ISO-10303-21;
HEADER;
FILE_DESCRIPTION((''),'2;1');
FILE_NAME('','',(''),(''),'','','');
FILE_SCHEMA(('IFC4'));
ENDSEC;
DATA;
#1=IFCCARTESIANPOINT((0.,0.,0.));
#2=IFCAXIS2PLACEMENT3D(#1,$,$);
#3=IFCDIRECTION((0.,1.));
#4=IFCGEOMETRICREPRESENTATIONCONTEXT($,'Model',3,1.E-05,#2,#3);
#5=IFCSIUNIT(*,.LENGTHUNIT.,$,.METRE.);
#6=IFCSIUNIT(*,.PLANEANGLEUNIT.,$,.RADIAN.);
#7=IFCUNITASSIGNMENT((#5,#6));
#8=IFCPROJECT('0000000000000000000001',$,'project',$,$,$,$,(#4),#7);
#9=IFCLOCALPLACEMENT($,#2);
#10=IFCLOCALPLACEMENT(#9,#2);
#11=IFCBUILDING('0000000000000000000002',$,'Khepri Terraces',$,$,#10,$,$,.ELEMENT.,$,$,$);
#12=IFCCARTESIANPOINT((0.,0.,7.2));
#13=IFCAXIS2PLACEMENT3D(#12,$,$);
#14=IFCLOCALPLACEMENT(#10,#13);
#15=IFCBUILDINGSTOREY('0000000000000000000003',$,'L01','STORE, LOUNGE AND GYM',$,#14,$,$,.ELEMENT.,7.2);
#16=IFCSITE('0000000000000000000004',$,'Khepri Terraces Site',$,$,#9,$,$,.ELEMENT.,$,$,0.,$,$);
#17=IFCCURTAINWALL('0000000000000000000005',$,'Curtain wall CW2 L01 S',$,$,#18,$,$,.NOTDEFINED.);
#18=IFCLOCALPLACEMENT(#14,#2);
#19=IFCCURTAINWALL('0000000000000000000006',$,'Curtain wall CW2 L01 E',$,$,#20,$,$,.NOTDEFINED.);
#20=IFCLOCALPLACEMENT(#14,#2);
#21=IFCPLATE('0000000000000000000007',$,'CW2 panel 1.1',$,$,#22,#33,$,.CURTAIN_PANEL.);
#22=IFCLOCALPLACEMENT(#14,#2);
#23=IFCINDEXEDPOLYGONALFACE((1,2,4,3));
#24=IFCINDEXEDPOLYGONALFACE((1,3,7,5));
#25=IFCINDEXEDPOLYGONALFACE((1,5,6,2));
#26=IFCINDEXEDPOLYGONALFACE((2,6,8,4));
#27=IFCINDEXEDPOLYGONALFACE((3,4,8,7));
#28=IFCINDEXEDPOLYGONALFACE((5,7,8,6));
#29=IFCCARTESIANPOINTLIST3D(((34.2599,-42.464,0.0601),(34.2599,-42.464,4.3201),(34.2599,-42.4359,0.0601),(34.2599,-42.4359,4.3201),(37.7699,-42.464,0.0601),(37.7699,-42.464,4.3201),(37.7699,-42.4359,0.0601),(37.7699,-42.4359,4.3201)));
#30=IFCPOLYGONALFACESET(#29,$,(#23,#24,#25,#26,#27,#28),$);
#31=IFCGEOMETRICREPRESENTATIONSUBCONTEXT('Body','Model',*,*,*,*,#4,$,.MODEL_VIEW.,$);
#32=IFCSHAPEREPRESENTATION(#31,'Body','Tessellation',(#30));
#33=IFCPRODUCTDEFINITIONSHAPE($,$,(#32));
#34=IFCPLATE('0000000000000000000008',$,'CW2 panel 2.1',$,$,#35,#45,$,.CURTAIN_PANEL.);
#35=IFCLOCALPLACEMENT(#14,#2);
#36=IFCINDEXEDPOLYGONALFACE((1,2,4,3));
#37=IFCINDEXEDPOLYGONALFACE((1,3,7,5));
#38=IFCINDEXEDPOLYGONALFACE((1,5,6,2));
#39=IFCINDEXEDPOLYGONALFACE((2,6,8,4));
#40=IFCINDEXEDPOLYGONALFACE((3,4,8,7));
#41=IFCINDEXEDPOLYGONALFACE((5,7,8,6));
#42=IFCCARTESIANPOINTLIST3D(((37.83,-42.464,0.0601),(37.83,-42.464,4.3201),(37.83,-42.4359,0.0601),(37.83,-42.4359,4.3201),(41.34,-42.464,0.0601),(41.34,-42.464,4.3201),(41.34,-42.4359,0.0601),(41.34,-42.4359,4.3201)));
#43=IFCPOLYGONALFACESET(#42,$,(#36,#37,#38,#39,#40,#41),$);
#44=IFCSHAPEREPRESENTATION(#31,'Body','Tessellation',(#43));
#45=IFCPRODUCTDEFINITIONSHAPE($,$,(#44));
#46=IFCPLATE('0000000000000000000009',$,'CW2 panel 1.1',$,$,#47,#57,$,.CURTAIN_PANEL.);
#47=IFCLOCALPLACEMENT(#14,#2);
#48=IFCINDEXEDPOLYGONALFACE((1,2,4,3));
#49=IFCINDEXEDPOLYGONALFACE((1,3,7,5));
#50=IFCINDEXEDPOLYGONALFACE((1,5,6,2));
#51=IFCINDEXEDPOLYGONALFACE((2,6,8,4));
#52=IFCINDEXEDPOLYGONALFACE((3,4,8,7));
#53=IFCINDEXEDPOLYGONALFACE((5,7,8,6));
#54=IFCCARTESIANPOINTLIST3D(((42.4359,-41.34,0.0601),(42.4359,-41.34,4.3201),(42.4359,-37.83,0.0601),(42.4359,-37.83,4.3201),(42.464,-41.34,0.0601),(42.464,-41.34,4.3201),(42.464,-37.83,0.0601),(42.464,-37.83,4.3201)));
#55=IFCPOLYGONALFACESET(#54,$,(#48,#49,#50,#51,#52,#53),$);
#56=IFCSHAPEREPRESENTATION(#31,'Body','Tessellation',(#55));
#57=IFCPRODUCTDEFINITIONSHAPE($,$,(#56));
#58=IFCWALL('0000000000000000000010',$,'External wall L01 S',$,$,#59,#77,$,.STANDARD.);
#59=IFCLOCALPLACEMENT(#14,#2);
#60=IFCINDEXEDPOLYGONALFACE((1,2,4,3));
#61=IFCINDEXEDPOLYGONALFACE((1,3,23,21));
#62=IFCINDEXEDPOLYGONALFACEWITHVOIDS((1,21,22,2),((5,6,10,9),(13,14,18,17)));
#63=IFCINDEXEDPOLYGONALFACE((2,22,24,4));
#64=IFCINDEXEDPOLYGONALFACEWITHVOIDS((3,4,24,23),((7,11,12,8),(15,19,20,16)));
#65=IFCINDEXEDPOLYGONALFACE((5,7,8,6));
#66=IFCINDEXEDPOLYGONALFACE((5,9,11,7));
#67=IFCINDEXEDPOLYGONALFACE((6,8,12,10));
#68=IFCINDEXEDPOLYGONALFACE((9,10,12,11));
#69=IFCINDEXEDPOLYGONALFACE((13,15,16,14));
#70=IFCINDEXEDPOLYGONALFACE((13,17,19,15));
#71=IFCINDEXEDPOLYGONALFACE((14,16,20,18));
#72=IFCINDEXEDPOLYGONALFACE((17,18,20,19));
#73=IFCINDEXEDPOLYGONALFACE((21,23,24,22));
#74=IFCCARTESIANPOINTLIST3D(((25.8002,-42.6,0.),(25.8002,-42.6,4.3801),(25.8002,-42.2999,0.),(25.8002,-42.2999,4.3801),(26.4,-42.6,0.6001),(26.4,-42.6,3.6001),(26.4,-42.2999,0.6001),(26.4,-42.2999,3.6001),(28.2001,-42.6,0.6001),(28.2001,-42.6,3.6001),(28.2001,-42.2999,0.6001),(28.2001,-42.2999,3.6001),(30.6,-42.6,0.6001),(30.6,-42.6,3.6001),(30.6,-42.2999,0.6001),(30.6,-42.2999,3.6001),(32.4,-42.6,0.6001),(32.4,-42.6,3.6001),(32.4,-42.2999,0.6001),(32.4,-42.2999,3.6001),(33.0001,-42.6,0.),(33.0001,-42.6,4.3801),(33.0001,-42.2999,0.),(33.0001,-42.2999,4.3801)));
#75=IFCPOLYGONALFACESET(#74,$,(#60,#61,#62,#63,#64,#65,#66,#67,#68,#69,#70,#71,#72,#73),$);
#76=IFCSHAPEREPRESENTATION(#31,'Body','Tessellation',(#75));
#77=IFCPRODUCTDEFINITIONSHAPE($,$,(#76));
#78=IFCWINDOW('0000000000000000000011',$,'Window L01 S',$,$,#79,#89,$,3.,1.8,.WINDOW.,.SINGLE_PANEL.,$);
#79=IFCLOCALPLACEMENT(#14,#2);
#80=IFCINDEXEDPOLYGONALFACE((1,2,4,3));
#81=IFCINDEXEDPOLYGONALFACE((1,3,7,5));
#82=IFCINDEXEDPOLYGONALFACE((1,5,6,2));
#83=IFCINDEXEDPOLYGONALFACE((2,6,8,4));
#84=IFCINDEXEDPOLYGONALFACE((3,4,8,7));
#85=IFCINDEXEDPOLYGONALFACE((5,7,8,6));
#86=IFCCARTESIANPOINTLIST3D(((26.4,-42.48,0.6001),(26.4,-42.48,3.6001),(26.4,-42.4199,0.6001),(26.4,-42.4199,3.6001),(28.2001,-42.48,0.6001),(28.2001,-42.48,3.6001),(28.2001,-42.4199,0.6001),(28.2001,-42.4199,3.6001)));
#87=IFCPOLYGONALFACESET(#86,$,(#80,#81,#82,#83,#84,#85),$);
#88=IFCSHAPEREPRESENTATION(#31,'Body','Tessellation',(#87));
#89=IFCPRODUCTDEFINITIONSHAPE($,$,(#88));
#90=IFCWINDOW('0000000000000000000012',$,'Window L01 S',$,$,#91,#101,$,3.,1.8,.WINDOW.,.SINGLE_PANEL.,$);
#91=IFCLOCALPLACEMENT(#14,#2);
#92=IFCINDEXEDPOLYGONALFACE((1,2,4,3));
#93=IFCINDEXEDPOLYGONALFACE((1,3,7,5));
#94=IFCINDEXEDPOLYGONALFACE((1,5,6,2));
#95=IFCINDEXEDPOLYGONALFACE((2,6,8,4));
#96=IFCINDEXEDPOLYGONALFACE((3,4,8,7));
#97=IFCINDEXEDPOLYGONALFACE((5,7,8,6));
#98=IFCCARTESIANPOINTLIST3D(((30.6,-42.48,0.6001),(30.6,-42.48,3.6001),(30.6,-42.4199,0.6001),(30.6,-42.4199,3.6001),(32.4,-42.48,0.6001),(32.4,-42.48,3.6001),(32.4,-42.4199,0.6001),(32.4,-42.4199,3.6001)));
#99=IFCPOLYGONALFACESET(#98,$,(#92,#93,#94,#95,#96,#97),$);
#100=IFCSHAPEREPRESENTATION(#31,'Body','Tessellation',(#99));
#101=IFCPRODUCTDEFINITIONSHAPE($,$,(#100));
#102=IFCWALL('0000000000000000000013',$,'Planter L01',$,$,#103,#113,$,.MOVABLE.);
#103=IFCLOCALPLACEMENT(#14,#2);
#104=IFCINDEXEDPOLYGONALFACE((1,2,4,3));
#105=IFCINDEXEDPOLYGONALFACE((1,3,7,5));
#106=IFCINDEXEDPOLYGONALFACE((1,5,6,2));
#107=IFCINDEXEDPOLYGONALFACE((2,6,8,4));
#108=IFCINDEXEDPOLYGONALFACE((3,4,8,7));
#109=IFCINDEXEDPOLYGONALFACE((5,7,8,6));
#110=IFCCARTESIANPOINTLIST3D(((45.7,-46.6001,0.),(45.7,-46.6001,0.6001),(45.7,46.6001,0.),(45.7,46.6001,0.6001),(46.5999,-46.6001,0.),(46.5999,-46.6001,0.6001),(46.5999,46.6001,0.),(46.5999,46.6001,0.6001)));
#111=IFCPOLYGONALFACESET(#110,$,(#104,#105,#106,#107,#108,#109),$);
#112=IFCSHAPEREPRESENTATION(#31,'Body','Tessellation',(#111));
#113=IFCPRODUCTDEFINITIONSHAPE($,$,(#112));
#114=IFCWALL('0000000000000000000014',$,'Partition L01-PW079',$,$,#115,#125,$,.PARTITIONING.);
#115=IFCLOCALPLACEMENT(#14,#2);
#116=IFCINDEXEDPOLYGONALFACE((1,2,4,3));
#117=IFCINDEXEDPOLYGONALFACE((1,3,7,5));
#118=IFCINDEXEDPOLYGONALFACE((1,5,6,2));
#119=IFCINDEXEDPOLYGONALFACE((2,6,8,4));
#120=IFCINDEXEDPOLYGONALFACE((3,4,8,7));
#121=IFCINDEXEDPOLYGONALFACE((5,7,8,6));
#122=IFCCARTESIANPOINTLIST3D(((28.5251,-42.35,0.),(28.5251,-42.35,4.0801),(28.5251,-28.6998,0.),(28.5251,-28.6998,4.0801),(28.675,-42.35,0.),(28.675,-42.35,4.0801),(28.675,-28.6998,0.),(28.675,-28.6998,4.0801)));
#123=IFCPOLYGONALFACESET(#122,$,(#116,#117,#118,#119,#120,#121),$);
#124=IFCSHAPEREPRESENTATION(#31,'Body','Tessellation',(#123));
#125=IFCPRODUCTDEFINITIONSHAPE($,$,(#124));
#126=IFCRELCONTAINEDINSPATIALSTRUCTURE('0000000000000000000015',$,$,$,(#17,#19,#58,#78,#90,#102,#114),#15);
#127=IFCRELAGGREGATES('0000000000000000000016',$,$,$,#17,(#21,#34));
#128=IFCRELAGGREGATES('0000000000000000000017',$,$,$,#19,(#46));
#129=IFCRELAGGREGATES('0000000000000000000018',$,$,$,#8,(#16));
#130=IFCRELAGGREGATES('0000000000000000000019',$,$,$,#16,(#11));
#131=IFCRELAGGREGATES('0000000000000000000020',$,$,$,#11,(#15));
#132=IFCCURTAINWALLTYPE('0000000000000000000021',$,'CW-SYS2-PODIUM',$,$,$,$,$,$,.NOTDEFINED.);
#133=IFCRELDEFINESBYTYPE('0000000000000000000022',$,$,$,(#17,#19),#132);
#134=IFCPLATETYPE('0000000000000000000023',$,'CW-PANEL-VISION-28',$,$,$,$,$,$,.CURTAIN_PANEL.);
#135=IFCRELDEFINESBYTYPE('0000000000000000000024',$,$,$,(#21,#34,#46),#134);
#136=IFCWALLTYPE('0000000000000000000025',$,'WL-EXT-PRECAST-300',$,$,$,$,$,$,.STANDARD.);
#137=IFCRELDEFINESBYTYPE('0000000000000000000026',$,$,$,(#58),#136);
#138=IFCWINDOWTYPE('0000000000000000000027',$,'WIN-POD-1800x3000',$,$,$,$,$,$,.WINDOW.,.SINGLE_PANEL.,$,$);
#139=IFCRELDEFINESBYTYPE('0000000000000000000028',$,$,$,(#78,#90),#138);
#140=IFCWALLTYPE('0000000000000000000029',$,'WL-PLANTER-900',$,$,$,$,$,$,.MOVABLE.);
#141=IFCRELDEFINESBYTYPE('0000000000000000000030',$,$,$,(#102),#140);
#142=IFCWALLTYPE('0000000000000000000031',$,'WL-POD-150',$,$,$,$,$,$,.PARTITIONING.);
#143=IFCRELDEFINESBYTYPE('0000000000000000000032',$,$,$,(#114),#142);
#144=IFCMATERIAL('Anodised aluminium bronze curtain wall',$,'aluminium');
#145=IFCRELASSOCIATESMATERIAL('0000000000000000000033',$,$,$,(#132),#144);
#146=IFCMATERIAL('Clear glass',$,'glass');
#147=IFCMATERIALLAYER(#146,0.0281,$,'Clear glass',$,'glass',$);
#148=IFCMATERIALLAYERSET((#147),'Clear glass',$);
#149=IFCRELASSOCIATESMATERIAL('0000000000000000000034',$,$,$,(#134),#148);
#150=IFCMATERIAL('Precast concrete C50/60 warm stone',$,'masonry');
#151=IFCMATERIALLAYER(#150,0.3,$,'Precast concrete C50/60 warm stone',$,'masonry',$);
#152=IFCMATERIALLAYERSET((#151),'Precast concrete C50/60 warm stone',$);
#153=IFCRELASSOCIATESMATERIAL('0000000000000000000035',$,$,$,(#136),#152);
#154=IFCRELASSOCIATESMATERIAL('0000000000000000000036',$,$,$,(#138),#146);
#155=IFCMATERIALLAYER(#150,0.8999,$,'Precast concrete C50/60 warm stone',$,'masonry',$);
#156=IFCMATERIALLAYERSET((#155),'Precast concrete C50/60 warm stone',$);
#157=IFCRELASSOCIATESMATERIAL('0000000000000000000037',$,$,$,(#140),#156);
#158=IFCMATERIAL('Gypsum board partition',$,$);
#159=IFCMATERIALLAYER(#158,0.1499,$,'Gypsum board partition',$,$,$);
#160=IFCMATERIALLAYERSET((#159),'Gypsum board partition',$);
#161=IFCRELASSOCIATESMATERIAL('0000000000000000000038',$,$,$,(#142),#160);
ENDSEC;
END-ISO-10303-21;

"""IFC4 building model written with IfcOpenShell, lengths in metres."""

from ifc_helpers import new_model, si_unit, direction, frame, frame_2d, origin, origin_2d, place, context, subcontext, project, spatial, rectangle, extrude, material, layer, layer_set, type_object, element, fill, aggregate, save


model = new_model("IFC4")

# Units and contexts
model_context = context("Model", 3, precision=1e-05, world=origin(), true_north=direction((0.0, 1.0)))
body_context = subcontext(model_context, "Body", "Model", "MODEL_VIEW")
ifc_project = project(units=[si_unit("LENGTHUNIT", "METRE"), si_unit("PLANEANGLEUNIT", "RADIAN")], contexts=[model_context])

# Site, building, storey
site_placement = place(None, origin())
site = spatial("IfcSite", under=ifc_project, at=site_placement, Name="Khepri Terraces Site", CompositionType="ELEMENT", RefElevation=0.0)
building_placement = place(site_placement, origin())
building = spatial("IfcBuilding", under=site, at=building_placement, Name="Khepri Terraces", CompositionType="ELEMENT")
storey_placement = place(building_placement, frame((0.0, 0.0, 7.2)))
storey = spatial("IfcBuildingStorey", under=building, at=storey_placement, Name="L01", Description="STORE, LOUNGE AND GYM", CompositionType="ELEMENT", Elevation=7.2)

# Curtain wall
ifc_material_1 = material(Name="Anodised aluminium bronze curtain wall", Category="aluminium")
curtain_wall_type = type_object("IfcCurtainWallType", Name="CW-SYS2-PODIUM", PredefinedType="NOTDEFINED", material=ifc_material_1)
curtain_wall_1_placement = place(storey_placement, origin())
curtain_wall_1 = element("IfcCurtainWall", 1, at=curtain_wall_1_placement, inside=storey, type_object=curtain_wall_type, Name="Curtain wall CW2 L01 S", PredefinedType="NOTDEFINED")

# Curtain wall
curtain_wall_2_placement = place(storey_placement, origin())
curtain_wall_2 = element("IfcCurtainWall", 2, at=curtain_wall_2_placement, inside=storey, type_object=curtain_wall_type, Name="Curtain wall CW2 L01 E", PredefinedType="NOTDEFINED")

# Plates
ifc_material_2 = material(Name="Clear glass", Category="glass")
ifc_layer_1 = layer(ifc_material_2, 0.0281, Name="Clear glass", Category="glass")
ifc_layer_set_1 = layer_set([ifc_layer_1], Name="Clear glass")
plate_type = type_object("IfcPlateType", Name="CW-PANEL-VISION-28", PredefinedType="CURTAIN_PANEL", material=ifc_layer_set_1)
plate_1_placement = place(storey_placement, frame((36.0149, -42.45, 0.0601), z_axis=(0.0, 0.0, 1.0), x_axis=(1.0, 0.0, 0.0)))
plate_1 = element("IfcPlate", 3, at=plate_1_placement, type_object=plate_type, Name="CW2 panel 1.1", PredefinedType="CURTAIN_PANEL", context=body_context, shape_type="SweptSolid", body=[
    extrude(rectangle(XDim=3.51, YDim=0.0281, at=origin_2d()), origin(), (0.0, 0.0, 1.0), 4.26),
])
plate_2_placement = place(storey_placement, frame((39.585, -42.45, 0.0601), z_axis=(0.0, 0.0, 1.0), x_axis=(1.0, 0.0, 0.0)))
plate_2 = element("IfcPlate", 4, at=plate_2_placement, type_object=plate_type, Name="CW2 panel 2.1", PredefinedType="CURTAIN_PANEL", context=body_context, shape_type="SweptSolid", body=[
    extrude(rectangle(XDim=3.51, YDim=0.0281, at=origin_2d()), origin(), (0.0, 0.0, 1.0), 4.26),
])
aggregate(curtain_wall_1, [plate_1, plate_2])
plate_3_placement = place(storey_placement, frame((42.45, -39.585, 0.0601), z_axis=(0.0, 0.0, 1.0), x_axis=(0.0, 1.0, 0.0)))
plate_3 = element("IfcPlate", 5, at=plate_3_placement, type_object=plate_type, Name="CW2 panel 1.1", PredefinedType="CURTAIN_PANEL", context=body_context, shape_type="SweptSolid", body=[
    extrude(rectangle(XDim=3.51, YDim=0.0281, at=origin_2d()), origin(), (0.0, 0.0, 1.0), 4.26),
])
aggregate(curtain_wall_2, [plate_3])

# Wall, openings, windows
ifc_material_3 = material(Name="Precast concrete C50/60 warm stone", Category="masonry")
ifc_layer_2 = layer(ifc_material_3, 0.3, Name="Precast concrete C50/60 warm stone", Category="masonry")
ifc_layer_set_2 = layer_set([ifc_layer_2], Name="Precast concrete C50/60 warm stone")
wall_type_1 = type_object("IfcWallType", Name="WL-EXT-PRECAST-300", PredefinedType="STANDARD", material=ifc_layer_set_2)
wall_1_placement = place(storey_placement, frame((25.8, -42.45, 0.0), z_axis=(0.0, 0.0, 1.0), x_axis=(1.0, 0.0, 0.0)))
wall_1 = element("IfcWall", 6, at=wall_1_placement, inside=storey, type_object=wall_type_1, Name="External wall L01 S", PredefinedType="STANDARD", context=body_context, shape_type="SweptSolid", body=[
    extrude(rectangle(XDim=7.2, YDim=0.3, at=frame_2d((3.6001, 0.0))), origin(), (0.0, 0.0, 1.0), 4.3801),
])
opening_1_placement = place(wall_1_placement, frame((0.6001, 0.0, 0.6001)))
opening_1 = element("IfcOpeningElement", 7, at=opening_1_placement, cuts=wall_1, PredefinedType="OPENING", context=body_context, shape_type="SweptSolid", body=[
    extrude(rectangle(XDim=1.8, YDim=3.0, at=frame_2d((0.8999, 1.5))), frame((0.0, 0.1602, 0.0), z_axis=(0.0, -1.0, 0.0), x_axis=(1.0, 0.0, 0.0)), (0.0, 0.0, 1.0), 0.3201),
])
opening_2_placement = place(wall_1_placement, frame((4.8, 0.0, 0.6001)))
opening_2 = element("IfcOpeningElement", 8, at=opening_2_placement, cuts=wall_1, PredefinedType="OPENING", context=body_context, shape_type="SweptSolid", body=[
    extrude(rectangle(XDim=1.8, YDim=3.0, at=frame_2d((0.8999, 1.5))), frame((0.0, 0.1602, 0.0), z_axis=(0.0, -1.0, 0.0), x_axis=(1.0, 0.0, 0.0)), (0.0, 0.0, 1.0), 0.3201),
])
window_type = type_object("IfcWindowType", Name="WIN-POD-1800x3000", PartitioningType="SINGLE_PANEL", PredefinedType="WINDOW", material=ifc_material_2)
window_1_placement = place(opening_1_placement, origin())
window_1 = element("IfcWindow", 9, at=window_1_placement, inside=storey, type_object=window_type, Name="Window L01 S", OverallHeight=3.0, OverallWidth=1.8, PartitioningType="SINGLE_PANEL", PredefinedType="WINDOW", context=body_context, shape_type="SweptSolid", body=[
    extrude(rectangle(XDim=1.8, YDim=3.0, at=frame_2d((0.8999, 1.5))), frame((0.0, 0.03, 0.0), z_axis=(0.0, -1.0, 0.0), x_axis=(1.0, 0.0, 0.0)), (0.0, 0.0, 1.0), 0.0601),
])
fill(opening_1, window_1)
window_2_placement = place(opening_2_placement, origin())
window_2 = element("IfcWindow", 10, at=window_2_placement, inside=storey, type_object=window_type, Name="Window L01 S", OverallHeight=3.0, OverallWidth=1.8, PartitioningType="SINGLE_PANEL", PredefinedType="WINDOW", context=body_context, shape_type="SweptSolid", body=[
    extrude(rectangle(XDim=1.8, YDim=3.0, at=frame_2d((0.8999, 1.5))), frame((0.0, 0.03, 0.0), z_axis=(0.0, -1.0, 0.0), x_axis=(1.0, 0.0, 0.0)), (0.0, 0.0, 1.0), 0.0601),
])
fill(opening_2, window_2)

# Walls
ifc_layer_3 = layer(ifc_material_3, 0.8999, Name="Precast concrete C50/60 warm stone", Category="masonry")
ifc_layer_set_3 = layer_set([ifc_layer_3], Name="Precast concrete C50/60 warm stone")
wall_type_2 = type_object("IfcWallType", Name="WL-PLANTER-900", PredefinedType="MOVABLE", material=ifc_layer_set_3)
wall_2_placement = place(storey_placement, frame((46.1499, -46.6001, 0.0), z_axis=(0.0, 0.0, 1.0), x_axis=(0.0, 1.0, 0.0)))
element("IfcWall", 11, at=wall_2_placement, inside=storey, type_object=wall_type_2, Name="Planter L01", PredefinedType="MOVABLE", context=body_context, shape_type="SweptSolid", body=[
    extrude(rectangle(XDim=93.2002, YDim=0.8999, at=frame_2d((46.6001, 0.0))), origin(), (0.0, 0.0, 1.0), 0.6001),
])
ifc_material_4 = material(Name="Gypsum board partition")
ifc_layer_4 = layer(ifc_material_4, 0.1499, Name="Gypsum board partition")
ifc_layer_set_4 = layer_set([ifc_layer_4], Name="Gypsum board partition")
wall_type_3 = type_object("IfcWallType", Name="WL-POD-150", PredefinedType="PARTITIONING", material=ifc_layer_set_4)
wall_3_placement = place(storey_placement, frame((28.6001, -42.3501, 0.0), z_axis=(0.0, 0.0, 1.0), x_axis=(0.0, 1.0, 0.0)))
element("IfcWall", 12, at=wall_3_placement, inside=storey, type_object=wall_type_3, Name="Partition L01-PW079", PredefinedType="PARTITIONING", context=body_context, shape_type="SweptSolid", body=[
    extrude(rectangle(XDim=13.6501, YDim=0.1499, at=frame_2d((6.8252, 0.0))), origin(), (0.0, 0.0, 1.0), 4.0801),
])

save(model, "model.ifc")
